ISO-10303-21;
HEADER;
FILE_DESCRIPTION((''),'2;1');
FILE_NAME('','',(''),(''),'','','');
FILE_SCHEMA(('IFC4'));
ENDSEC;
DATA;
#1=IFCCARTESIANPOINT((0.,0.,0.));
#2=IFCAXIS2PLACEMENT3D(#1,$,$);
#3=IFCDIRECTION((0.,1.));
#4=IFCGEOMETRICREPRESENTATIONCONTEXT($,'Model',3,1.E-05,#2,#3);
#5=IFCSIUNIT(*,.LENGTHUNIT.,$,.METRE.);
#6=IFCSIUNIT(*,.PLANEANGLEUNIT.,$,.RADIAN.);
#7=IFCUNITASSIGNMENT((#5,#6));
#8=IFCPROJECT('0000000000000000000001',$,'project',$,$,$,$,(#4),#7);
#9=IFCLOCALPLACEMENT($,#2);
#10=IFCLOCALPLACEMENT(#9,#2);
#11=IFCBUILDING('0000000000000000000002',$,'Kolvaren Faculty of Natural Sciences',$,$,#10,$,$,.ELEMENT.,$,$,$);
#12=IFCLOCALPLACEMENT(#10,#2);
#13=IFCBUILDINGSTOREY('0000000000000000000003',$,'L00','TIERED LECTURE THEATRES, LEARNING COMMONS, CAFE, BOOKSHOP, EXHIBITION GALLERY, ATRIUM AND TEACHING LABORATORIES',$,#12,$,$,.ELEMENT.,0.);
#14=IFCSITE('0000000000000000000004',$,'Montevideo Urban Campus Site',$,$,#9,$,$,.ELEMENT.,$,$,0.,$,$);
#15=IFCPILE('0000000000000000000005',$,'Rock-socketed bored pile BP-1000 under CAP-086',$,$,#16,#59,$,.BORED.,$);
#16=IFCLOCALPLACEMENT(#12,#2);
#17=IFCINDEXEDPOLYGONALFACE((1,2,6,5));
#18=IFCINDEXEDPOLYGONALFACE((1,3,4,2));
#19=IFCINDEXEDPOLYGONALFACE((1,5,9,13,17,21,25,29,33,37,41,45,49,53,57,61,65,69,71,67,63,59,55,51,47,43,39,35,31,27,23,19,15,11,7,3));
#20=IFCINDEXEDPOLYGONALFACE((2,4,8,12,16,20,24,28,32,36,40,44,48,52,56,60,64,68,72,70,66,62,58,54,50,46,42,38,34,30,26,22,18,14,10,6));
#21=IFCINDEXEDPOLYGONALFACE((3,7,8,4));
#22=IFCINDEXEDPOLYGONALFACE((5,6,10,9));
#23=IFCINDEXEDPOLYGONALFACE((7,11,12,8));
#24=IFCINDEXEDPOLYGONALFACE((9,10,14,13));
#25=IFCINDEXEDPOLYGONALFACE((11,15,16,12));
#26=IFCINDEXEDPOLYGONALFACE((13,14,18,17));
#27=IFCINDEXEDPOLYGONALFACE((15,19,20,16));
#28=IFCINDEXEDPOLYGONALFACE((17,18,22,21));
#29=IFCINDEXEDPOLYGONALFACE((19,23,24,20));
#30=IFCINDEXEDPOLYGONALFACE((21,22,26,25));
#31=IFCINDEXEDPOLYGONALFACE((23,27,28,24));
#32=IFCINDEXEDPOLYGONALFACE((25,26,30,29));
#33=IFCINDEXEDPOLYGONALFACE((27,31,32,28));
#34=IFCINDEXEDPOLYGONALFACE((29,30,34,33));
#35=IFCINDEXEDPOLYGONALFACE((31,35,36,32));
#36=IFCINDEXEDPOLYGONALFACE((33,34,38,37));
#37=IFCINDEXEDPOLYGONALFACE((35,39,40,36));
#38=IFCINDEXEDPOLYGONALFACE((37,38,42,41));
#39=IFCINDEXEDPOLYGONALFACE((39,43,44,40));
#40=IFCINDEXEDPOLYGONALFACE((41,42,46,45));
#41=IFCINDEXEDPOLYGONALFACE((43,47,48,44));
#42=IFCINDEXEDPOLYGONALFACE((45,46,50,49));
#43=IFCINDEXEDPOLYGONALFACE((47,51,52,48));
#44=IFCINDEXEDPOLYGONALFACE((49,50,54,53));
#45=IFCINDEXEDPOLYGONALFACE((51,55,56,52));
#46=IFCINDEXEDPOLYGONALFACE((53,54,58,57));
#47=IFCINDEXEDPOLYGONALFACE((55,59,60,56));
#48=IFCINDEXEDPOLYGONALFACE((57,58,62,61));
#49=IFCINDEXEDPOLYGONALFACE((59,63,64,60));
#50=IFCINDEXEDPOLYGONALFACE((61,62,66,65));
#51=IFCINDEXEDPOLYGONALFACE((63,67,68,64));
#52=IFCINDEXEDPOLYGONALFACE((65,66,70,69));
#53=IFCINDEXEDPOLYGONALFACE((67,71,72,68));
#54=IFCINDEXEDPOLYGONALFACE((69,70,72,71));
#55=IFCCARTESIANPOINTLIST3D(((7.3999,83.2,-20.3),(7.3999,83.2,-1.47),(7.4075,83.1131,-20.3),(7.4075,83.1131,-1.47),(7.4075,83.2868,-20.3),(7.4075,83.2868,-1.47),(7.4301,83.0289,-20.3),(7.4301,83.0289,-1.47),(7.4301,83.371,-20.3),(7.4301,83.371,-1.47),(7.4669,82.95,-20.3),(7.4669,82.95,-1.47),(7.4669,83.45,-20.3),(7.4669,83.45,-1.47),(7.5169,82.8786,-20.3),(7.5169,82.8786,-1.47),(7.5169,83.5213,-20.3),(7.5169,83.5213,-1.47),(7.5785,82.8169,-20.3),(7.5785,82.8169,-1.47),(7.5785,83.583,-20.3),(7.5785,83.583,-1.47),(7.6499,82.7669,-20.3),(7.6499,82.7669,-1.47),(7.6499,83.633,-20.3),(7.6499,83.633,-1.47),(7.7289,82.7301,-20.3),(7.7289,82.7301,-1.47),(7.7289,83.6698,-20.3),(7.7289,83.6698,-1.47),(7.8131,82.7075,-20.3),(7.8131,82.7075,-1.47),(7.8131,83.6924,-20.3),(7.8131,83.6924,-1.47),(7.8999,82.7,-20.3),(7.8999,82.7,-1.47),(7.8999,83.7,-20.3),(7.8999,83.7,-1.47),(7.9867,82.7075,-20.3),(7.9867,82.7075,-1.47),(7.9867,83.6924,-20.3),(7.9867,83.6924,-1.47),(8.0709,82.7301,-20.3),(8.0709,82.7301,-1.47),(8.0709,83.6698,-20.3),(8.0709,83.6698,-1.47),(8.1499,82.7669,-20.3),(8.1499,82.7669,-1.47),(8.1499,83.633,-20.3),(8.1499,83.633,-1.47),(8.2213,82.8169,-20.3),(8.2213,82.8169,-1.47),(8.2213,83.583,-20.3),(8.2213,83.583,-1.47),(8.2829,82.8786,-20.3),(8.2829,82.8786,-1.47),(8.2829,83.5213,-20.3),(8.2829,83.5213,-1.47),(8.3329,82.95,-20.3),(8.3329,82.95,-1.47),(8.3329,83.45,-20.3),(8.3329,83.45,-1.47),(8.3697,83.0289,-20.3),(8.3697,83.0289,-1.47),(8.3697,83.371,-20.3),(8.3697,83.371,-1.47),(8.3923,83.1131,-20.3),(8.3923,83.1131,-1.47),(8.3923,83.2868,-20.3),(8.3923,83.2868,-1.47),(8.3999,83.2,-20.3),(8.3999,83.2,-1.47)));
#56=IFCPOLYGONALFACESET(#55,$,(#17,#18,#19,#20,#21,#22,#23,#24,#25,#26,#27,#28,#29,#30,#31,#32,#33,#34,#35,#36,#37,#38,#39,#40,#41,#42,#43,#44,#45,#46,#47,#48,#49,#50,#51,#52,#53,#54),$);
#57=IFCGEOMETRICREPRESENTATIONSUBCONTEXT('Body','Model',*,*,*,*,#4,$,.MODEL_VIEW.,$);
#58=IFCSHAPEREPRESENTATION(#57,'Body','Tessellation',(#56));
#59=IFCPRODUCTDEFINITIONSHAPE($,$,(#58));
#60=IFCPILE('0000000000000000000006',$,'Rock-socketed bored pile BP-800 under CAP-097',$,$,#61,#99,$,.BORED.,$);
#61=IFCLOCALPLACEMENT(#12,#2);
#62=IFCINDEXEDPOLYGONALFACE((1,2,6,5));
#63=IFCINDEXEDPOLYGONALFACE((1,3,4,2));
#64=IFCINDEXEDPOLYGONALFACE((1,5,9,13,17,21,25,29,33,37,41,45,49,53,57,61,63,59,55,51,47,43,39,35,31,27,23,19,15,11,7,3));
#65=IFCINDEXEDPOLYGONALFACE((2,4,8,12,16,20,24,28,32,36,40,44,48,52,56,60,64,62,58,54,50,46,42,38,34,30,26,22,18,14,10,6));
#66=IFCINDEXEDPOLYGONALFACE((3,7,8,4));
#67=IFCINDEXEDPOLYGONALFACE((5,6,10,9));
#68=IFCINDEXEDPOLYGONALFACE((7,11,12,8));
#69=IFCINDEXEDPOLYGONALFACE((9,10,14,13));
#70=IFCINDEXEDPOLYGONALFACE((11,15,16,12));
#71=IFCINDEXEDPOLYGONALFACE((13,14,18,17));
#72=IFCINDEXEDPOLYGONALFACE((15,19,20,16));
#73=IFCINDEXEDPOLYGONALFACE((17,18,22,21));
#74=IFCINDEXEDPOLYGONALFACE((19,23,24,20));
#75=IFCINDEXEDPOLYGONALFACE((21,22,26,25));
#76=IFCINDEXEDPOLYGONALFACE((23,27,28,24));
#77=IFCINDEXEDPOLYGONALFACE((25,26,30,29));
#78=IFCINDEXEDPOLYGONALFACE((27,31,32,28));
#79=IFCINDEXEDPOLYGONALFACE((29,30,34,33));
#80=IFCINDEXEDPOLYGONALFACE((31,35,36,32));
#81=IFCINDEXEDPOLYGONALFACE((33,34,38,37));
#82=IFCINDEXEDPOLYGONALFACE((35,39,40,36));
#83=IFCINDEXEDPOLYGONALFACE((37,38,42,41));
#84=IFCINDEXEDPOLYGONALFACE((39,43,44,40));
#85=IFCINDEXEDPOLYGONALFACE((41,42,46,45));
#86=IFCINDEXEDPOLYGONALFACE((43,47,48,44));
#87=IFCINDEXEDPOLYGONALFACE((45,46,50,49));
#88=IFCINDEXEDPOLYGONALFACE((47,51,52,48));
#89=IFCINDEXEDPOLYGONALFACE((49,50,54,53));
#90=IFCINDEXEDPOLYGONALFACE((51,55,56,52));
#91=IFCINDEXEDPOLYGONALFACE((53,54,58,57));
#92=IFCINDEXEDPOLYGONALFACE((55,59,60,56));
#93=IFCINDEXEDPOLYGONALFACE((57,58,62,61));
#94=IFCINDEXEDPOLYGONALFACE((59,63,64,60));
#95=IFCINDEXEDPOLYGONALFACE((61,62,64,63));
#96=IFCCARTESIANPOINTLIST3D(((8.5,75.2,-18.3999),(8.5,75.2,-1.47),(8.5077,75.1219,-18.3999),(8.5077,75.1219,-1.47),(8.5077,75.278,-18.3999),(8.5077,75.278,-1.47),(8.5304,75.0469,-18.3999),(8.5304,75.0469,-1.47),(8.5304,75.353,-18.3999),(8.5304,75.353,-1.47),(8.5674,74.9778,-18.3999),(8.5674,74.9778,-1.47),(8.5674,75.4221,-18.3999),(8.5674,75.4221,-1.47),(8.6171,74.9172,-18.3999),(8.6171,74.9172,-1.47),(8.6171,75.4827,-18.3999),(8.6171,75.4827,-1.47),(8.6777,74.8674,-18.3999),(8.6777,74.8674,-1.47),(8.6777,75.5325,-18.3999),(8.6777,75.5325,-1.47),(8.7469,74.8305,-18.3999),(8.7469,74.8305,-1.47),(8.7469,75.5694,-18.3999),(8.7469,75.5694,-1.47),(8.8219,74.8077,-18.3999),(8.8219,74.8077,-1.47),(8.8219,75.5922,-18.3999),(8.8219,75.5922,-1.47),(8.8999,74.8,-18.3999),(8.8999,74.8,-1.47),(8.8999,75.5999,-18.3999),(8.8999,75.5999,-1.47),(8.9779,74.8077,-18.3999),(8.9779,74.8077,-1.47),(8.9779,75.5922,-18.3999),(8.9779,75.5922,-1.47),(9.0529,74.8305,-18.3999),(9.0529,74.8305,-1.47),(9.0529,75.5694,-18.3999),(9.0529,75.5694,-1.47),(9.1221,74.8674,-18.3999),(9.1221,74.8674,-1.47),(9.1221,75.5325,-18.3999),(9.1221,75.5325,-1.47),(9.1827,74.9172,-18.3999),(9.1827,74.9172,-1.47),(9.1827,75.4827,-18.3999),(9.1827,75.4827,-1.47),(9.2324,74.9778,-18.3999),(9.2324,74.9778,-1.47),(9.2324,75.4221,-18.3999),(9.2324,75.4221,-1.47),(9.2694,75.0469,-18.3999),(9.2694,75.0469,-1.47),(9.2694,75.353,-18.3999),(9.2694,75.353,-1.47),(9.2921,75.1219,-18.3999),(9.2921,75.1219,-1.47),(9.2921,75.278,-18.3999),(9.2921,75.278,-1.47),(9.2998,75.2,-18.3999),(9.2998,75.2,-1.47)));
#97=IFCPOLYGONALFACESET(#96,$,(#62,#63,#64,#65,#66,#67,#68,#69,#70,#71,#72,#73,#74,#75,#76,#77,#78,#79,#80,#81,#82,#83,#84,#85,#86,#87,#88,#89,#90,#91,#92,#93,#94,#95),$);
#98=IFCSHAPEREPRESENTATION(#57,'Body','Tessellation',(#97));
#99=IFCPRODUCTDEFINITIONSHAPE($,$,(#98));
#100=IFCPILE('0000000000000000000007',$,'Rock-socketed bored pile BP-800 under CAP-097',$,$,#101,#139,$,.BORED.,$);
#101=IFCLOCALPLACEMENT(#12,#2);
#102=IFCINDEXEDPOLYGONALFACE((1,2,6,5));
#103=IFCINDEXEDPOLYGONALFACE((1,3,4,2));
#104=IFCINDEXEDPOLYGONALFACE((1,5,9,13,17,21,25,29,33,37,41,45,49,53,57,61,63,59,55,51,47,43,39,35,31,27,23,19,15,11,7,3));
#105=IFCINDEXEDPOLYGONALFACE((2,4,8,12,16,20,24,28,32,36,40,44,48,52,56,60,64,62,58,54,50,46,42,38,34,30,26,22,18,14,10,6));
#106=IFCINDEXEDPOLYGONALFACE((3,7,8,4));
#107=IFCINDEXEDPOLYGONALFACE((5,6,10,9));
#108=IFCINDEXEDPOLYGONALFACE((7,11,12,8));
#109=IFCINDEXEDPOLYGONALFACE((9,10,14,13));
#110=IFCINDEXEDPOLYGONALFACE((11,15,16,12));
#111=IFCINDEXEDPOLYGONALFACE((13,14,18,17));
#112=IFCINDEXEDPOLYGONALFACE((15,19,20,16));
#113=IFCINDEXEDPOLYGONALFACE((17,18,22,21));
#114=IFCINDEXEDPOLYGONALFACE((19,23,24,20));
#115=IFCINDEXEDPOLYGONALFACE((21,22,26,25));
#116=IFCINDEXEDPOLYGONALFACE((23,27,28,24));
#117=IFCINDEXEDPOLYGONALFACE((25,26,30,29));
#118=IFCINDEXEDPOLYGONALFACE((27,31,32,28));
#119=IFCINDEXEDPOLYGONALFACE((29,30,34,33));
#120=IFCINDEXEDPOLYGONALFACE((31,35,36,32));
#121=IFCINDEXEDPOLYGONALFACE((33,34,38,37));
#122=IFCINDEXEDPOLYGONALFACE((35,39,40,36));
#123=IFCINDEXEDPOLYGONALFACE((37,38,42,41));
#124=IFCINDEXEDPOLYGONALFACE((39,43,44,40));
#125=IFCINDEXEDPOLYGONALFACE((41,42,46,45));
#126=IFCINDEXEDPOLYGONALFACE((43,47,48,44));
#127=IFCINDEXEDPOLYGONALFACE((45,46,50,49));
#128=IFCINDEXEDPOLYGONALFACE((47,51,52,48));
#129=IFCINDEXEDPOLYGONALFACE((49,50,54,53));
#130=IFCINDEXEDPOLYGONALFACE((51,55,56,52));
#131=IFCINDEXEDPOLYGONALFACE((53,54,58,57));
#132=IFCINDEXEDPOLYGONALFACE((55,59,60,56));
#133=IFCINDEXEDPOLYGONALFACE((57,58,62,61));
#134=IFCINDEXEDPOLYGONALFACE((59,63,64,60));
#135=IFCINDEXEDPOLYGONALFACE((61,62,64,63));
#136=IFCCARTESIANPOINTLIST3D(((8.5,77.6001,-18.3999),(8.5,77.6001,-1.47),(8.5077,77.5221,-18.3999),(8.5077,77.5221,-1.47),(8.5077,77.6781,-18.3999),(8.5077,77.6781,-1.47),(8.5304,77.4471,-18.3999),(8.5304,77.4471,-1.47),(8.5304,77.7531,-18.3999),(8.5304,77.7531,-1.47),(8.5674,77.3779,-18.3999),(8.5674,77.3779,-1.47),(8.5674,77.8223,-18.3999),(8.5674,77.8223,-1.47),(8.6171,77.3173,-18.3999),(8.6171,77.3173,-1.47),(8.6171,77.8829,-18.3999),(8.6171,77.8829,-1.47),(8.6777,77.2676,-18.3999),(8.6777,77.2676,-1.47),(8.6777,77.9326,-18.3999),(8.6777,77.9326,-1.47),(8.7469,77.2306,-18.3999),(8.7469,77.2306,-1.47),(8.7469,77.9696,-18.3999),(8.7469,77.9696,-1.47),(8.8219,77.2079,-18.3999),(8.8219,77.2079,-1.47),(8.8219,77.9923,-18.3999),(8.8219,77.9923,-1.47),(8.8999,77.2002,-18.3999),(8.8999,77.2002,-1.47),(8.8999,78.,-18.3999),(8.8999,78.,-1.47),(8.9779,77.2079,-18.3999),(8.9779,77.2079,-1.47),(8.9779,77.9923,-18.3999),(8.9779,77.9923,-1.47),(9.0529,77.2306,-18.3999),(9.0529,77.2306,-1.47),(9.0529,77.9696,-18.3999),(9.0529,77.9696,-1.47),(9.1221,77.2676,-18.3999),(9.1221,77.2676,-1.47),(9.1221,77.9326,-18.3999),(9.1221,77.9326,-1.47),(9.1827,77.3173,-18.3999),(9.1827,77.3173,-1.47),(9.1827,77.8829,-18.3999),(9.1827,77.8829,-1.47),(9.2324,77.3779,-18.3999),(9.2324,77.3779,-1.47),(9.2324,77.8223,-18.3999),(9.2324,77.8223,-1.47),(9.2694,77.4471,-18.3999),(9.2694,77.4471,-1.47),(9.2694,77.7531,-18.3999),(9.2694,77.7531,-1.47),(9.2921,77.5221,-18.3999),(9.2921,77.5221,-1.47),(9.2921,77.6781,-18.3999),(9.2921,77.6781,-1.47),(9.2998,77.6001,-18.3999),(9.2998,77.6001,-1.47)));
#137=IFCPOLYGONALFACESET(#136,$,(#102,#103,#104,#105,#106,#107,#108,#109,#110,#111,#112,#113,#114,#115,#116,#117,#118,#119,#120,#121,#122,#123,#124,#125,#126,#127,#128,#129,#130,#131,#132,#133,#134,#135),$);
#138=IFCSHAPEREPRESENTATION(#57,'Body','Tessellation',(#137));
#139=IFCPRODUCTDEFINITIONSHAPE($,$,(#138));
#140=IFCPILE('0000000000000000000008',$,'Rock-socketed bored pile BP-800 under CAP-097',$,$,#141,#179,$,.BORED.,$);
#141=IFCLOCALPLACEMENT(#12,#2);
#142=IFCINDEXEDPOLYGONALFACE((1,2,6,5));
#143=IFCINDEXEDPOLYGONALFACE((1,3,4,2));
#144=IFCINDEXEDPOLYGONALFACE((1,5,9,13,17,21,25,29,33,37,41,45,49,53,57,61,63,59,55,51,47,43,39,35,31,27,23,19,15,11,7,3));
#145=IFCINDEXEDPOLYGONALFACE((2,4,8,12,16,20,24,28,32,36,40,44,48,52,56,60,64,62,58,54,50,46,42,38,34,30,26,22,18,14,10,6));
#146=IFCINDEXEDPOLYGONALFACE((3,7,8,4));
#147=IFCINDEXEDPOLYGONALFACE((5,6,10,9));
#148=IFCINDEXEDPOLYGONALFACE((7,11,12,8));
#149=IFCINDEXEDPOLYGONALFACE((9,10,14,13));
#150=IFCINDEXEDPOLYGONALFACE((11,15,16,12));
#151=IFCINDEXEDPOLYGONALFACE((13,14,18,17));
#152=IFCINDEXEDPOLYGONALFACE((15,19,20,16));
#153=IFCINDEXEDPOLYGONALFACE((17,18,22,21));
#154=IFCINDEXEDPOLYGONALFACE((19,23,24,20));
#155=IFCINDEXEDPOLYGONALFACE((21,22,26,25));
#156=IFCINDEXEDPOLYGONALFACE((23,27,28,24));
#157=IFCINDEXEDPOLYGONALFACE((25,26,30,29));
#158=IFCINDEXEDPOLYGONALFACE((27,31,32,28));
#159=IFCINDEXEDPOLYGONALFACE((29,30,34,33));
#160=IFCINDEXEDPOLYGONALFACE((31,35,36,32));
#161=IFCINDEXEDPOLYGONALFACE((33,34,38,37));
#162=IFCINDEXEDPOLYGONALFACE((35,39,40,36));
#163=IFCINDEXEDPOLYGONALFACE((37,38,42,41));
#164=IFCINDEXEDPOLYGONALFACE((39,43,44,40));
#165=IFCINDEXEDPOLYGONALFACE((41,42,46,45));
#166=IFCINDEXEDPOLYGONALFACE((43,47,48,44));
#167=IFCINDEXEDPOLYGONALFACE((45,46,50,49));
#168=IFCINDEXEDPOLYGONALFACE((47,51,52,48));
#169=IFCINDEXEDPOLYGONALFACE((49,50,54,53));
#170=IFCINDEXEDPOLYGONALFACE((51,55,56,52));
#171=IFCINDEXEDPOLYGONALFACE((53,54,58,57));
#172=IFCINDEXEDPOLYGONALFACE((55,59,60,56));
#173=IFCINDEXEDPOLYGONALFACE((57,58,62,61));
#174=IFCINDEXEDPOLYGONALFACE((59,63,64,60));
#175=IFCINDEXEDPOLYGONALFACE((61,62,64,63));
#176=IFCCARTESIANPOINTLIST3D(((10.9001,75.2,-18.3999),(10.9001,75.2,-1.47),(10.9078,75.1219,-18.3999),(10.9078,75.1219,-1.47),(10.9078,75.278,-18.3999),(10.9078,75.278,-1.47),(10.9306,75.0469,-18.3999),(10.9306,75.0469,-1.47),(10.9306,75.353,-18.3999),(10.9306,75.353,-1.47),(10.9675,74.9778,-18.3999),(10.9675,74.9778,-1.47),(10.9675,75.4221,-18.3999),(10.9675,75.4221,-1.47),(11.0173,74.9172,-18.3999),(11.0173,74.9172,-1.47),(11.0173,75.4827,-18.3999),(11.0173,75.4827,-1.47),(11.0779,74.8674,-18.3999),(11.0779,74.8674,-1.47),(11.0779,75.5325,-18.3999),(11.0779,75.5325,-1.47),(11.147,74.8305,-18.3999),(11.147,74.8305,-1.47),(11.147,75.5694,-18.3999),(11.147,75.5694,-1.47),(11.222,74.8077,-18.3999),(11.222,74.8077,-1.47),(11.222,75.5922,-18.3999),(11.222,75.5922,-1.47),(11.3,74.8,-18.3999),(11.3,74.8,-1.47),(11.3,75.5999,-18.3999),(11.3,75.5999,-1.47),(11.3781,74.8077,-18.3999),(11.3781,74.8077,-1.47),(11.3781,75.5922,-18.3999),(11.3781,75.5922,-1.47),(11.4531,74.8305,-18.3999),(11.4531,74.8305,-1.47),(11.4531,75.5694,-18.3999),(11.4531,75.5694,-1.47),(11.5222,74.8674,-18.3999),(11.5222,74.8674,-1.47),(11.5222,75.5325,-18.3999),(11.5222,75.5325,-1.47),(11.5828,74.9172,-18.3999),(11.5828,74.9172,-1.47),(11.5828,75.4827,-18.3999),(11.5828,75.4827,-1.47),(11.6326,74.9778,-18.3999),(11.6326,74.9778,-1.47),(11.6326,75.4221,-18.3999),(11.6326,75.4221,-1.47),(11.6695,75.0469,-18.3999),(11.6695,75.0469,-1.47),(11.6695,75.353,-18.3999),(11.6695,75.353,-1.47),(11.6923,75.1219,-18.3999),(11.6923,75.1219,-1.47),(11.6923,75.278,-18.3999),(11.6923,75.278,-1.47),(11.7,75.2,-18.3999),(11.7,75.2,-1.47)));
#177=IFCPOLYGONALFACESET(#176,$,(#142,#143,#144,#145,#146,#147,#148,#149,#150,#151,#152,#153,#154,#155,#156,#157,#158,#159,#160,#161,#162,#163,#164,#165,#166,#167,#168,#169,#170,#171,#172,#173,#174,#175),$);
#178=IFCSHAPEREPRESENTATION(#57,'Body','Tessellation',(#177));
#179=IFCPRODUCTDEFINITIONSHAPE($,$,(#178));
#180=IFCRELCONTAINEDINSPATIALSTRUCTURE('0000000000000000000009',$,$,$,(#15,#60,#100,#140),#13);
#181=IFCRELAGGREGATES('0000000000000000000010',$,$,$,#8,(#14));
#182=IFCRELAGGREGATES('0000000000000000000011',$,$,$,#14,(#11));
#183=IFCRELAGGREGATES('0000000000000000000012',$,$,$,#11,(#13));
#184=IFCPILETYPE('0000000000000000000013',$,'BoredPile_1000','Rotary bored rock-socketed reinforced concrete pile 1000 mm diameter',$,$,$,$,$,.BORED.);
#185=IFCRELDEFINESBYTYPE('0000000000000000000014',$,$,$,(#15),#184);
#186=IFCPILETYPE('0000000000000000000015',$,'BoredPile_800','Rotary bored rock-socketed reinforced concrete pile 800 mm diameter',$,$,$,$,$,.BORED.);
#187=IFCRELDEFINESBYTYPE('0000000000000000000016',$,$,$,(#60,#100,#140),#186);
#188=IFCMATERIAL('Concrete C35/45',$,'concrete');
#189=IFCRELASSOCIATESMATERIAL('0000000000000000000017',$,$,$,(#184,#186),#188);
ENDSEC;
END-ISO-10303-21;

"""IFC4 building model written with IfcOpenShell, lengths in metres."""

from ifc_helpers import new_model, si_unit, direction, frame, origin, origin_2d, place, context, subcontext, project, spatial, circle, extrude, material, material_profile, profile_set, type_object, element, save


model = new_model("IFC4")

# Units and contexts
model_context = context("Model", 3, precision=1e-05, world=origin(), true_north=direction((0.0, 1.0)))
body_context = subcontext(model_context, "Body", "Model", "MODEL_VIEW")
ifc_project = project(units=[si_unit("LENGTHUNIT", "METRE"), si_unit("PLANEANGLEUNIT", "RADIAN")], contexts=[model_context])

# Site, building, storey
site_placement = place(None, origin())
site = spatial("IfcSite", under=ifc_project, at=site_placement, Name="Montevideo Urban Campus Site", CompositionType="ELEMENT", RefElevation=0.0)
building_placement = place(site_placement, origin())
building = spatial("IfcBuilding", under=site, at=building_placement, Name="Kolvaren Faculty of Natural Sciences", CompositionType="ELEMENT")
storey_placement = place(building_placement, origin())
storey = spatial("IfcBuildingStorey", under=building, at=storey_placement, Name="L00", Description="TIERED LECTURE THEATRES, LEARNING COMMONS, CAFE, BOOKSHOP, EXHIBITION GALLERY, ATRIUM AND TEACHING LABORATORIES", CompositionType="ELEMENT", Elevation=0.0)

# Piles
ifc_material_1 = material(Name="Concrete C35/45", Category="concrete")
ifc_material_profile_1 = material_profile(ifc_material_1, circle(Radius=0.5, at=origin_2d()), Name="PILE D1000")
ifc_profile_set_1 = profile_set([ifc_material_profile_1], Name="Concrete C35/45")
pile_type_1 = type_object("IfcPileType", Name="BoredPile_1000", Description="Rotary bored rock-socketed reinforced concrete pile 1000 mm diameter", PredefinedType="BORED", material=ifc_profile_set_1)
pile_placement = place(storey_placement, frame((7.8999, 83.2, -1.47), z_axis=(0.0, 0.0, -1.0), x_axis=(1.0, 0.0, 0.0)))
element("IfcPile", 1, at=pile_placement, inside=storey, type_object=pile_type_1, Name="Rock-socketed bored pile BP-1000 under CAP-086", PredefinedType="BORED", context=body_context, shape_type="SweptSolid", body=[
    extrude(circle(Radius=0.5, at=origin_2d()), origin(), (0.0, 0.0, 1.0), 18.8301),
])
ifc_material_profile_2 = material_profile(ifc_material_1, circle(Radius=0.3999, at=origin_2d()), Name="PILE D800")
ifc_profile_set_2 = profile_set([ifc_material_profile_2], Name="Concrete C35/45")
pile_type_2 = type_object("IfcPileType", Name="BoredPile_800", Description="Rotary bored rock-socketed reinforced concrete pile 800 mm diameter", PredefinedType="BORED", material=ifc_profile_set_2)
for number, where, z_axis, x_axis, name in (
    (2, (8.8999, 75.2, -1.47), (0.0, 0.0, -1.0), (1.0, 0.0, 0.0), "Rock-socketed bored pile BP-800 under CAP-097"),
    (3, (8.8999, 77.6001, -1.47), (0.0, 0.0, -1.0), (1.0, 0.0, 0.0), "Rock-socketed bored pile BP-800 under CAP-097"),
    (4, (11.3, 75.2, -1.47), (0.0, 0.0, -1.0), (1.0, 0.0, 0.0), "Rock-socketed bored pile BP-800 under CAP-097"),
):
    element("IfcPile", number, at=place(storey_placement, frame(where, z_axis=z_axis, x_axis=x_axis)), inside=storey, type_object=pile_type_2, Name=name, PredefinedType="BORED", context=body_context, shape_type="SweptSolid", body=[
        extrude(circle(Radius=0.3999, at=origin_2d()), origin(), (0.0, 0.0, 1.0), 16.9299),
    ])

save(model, "model.ifc")
